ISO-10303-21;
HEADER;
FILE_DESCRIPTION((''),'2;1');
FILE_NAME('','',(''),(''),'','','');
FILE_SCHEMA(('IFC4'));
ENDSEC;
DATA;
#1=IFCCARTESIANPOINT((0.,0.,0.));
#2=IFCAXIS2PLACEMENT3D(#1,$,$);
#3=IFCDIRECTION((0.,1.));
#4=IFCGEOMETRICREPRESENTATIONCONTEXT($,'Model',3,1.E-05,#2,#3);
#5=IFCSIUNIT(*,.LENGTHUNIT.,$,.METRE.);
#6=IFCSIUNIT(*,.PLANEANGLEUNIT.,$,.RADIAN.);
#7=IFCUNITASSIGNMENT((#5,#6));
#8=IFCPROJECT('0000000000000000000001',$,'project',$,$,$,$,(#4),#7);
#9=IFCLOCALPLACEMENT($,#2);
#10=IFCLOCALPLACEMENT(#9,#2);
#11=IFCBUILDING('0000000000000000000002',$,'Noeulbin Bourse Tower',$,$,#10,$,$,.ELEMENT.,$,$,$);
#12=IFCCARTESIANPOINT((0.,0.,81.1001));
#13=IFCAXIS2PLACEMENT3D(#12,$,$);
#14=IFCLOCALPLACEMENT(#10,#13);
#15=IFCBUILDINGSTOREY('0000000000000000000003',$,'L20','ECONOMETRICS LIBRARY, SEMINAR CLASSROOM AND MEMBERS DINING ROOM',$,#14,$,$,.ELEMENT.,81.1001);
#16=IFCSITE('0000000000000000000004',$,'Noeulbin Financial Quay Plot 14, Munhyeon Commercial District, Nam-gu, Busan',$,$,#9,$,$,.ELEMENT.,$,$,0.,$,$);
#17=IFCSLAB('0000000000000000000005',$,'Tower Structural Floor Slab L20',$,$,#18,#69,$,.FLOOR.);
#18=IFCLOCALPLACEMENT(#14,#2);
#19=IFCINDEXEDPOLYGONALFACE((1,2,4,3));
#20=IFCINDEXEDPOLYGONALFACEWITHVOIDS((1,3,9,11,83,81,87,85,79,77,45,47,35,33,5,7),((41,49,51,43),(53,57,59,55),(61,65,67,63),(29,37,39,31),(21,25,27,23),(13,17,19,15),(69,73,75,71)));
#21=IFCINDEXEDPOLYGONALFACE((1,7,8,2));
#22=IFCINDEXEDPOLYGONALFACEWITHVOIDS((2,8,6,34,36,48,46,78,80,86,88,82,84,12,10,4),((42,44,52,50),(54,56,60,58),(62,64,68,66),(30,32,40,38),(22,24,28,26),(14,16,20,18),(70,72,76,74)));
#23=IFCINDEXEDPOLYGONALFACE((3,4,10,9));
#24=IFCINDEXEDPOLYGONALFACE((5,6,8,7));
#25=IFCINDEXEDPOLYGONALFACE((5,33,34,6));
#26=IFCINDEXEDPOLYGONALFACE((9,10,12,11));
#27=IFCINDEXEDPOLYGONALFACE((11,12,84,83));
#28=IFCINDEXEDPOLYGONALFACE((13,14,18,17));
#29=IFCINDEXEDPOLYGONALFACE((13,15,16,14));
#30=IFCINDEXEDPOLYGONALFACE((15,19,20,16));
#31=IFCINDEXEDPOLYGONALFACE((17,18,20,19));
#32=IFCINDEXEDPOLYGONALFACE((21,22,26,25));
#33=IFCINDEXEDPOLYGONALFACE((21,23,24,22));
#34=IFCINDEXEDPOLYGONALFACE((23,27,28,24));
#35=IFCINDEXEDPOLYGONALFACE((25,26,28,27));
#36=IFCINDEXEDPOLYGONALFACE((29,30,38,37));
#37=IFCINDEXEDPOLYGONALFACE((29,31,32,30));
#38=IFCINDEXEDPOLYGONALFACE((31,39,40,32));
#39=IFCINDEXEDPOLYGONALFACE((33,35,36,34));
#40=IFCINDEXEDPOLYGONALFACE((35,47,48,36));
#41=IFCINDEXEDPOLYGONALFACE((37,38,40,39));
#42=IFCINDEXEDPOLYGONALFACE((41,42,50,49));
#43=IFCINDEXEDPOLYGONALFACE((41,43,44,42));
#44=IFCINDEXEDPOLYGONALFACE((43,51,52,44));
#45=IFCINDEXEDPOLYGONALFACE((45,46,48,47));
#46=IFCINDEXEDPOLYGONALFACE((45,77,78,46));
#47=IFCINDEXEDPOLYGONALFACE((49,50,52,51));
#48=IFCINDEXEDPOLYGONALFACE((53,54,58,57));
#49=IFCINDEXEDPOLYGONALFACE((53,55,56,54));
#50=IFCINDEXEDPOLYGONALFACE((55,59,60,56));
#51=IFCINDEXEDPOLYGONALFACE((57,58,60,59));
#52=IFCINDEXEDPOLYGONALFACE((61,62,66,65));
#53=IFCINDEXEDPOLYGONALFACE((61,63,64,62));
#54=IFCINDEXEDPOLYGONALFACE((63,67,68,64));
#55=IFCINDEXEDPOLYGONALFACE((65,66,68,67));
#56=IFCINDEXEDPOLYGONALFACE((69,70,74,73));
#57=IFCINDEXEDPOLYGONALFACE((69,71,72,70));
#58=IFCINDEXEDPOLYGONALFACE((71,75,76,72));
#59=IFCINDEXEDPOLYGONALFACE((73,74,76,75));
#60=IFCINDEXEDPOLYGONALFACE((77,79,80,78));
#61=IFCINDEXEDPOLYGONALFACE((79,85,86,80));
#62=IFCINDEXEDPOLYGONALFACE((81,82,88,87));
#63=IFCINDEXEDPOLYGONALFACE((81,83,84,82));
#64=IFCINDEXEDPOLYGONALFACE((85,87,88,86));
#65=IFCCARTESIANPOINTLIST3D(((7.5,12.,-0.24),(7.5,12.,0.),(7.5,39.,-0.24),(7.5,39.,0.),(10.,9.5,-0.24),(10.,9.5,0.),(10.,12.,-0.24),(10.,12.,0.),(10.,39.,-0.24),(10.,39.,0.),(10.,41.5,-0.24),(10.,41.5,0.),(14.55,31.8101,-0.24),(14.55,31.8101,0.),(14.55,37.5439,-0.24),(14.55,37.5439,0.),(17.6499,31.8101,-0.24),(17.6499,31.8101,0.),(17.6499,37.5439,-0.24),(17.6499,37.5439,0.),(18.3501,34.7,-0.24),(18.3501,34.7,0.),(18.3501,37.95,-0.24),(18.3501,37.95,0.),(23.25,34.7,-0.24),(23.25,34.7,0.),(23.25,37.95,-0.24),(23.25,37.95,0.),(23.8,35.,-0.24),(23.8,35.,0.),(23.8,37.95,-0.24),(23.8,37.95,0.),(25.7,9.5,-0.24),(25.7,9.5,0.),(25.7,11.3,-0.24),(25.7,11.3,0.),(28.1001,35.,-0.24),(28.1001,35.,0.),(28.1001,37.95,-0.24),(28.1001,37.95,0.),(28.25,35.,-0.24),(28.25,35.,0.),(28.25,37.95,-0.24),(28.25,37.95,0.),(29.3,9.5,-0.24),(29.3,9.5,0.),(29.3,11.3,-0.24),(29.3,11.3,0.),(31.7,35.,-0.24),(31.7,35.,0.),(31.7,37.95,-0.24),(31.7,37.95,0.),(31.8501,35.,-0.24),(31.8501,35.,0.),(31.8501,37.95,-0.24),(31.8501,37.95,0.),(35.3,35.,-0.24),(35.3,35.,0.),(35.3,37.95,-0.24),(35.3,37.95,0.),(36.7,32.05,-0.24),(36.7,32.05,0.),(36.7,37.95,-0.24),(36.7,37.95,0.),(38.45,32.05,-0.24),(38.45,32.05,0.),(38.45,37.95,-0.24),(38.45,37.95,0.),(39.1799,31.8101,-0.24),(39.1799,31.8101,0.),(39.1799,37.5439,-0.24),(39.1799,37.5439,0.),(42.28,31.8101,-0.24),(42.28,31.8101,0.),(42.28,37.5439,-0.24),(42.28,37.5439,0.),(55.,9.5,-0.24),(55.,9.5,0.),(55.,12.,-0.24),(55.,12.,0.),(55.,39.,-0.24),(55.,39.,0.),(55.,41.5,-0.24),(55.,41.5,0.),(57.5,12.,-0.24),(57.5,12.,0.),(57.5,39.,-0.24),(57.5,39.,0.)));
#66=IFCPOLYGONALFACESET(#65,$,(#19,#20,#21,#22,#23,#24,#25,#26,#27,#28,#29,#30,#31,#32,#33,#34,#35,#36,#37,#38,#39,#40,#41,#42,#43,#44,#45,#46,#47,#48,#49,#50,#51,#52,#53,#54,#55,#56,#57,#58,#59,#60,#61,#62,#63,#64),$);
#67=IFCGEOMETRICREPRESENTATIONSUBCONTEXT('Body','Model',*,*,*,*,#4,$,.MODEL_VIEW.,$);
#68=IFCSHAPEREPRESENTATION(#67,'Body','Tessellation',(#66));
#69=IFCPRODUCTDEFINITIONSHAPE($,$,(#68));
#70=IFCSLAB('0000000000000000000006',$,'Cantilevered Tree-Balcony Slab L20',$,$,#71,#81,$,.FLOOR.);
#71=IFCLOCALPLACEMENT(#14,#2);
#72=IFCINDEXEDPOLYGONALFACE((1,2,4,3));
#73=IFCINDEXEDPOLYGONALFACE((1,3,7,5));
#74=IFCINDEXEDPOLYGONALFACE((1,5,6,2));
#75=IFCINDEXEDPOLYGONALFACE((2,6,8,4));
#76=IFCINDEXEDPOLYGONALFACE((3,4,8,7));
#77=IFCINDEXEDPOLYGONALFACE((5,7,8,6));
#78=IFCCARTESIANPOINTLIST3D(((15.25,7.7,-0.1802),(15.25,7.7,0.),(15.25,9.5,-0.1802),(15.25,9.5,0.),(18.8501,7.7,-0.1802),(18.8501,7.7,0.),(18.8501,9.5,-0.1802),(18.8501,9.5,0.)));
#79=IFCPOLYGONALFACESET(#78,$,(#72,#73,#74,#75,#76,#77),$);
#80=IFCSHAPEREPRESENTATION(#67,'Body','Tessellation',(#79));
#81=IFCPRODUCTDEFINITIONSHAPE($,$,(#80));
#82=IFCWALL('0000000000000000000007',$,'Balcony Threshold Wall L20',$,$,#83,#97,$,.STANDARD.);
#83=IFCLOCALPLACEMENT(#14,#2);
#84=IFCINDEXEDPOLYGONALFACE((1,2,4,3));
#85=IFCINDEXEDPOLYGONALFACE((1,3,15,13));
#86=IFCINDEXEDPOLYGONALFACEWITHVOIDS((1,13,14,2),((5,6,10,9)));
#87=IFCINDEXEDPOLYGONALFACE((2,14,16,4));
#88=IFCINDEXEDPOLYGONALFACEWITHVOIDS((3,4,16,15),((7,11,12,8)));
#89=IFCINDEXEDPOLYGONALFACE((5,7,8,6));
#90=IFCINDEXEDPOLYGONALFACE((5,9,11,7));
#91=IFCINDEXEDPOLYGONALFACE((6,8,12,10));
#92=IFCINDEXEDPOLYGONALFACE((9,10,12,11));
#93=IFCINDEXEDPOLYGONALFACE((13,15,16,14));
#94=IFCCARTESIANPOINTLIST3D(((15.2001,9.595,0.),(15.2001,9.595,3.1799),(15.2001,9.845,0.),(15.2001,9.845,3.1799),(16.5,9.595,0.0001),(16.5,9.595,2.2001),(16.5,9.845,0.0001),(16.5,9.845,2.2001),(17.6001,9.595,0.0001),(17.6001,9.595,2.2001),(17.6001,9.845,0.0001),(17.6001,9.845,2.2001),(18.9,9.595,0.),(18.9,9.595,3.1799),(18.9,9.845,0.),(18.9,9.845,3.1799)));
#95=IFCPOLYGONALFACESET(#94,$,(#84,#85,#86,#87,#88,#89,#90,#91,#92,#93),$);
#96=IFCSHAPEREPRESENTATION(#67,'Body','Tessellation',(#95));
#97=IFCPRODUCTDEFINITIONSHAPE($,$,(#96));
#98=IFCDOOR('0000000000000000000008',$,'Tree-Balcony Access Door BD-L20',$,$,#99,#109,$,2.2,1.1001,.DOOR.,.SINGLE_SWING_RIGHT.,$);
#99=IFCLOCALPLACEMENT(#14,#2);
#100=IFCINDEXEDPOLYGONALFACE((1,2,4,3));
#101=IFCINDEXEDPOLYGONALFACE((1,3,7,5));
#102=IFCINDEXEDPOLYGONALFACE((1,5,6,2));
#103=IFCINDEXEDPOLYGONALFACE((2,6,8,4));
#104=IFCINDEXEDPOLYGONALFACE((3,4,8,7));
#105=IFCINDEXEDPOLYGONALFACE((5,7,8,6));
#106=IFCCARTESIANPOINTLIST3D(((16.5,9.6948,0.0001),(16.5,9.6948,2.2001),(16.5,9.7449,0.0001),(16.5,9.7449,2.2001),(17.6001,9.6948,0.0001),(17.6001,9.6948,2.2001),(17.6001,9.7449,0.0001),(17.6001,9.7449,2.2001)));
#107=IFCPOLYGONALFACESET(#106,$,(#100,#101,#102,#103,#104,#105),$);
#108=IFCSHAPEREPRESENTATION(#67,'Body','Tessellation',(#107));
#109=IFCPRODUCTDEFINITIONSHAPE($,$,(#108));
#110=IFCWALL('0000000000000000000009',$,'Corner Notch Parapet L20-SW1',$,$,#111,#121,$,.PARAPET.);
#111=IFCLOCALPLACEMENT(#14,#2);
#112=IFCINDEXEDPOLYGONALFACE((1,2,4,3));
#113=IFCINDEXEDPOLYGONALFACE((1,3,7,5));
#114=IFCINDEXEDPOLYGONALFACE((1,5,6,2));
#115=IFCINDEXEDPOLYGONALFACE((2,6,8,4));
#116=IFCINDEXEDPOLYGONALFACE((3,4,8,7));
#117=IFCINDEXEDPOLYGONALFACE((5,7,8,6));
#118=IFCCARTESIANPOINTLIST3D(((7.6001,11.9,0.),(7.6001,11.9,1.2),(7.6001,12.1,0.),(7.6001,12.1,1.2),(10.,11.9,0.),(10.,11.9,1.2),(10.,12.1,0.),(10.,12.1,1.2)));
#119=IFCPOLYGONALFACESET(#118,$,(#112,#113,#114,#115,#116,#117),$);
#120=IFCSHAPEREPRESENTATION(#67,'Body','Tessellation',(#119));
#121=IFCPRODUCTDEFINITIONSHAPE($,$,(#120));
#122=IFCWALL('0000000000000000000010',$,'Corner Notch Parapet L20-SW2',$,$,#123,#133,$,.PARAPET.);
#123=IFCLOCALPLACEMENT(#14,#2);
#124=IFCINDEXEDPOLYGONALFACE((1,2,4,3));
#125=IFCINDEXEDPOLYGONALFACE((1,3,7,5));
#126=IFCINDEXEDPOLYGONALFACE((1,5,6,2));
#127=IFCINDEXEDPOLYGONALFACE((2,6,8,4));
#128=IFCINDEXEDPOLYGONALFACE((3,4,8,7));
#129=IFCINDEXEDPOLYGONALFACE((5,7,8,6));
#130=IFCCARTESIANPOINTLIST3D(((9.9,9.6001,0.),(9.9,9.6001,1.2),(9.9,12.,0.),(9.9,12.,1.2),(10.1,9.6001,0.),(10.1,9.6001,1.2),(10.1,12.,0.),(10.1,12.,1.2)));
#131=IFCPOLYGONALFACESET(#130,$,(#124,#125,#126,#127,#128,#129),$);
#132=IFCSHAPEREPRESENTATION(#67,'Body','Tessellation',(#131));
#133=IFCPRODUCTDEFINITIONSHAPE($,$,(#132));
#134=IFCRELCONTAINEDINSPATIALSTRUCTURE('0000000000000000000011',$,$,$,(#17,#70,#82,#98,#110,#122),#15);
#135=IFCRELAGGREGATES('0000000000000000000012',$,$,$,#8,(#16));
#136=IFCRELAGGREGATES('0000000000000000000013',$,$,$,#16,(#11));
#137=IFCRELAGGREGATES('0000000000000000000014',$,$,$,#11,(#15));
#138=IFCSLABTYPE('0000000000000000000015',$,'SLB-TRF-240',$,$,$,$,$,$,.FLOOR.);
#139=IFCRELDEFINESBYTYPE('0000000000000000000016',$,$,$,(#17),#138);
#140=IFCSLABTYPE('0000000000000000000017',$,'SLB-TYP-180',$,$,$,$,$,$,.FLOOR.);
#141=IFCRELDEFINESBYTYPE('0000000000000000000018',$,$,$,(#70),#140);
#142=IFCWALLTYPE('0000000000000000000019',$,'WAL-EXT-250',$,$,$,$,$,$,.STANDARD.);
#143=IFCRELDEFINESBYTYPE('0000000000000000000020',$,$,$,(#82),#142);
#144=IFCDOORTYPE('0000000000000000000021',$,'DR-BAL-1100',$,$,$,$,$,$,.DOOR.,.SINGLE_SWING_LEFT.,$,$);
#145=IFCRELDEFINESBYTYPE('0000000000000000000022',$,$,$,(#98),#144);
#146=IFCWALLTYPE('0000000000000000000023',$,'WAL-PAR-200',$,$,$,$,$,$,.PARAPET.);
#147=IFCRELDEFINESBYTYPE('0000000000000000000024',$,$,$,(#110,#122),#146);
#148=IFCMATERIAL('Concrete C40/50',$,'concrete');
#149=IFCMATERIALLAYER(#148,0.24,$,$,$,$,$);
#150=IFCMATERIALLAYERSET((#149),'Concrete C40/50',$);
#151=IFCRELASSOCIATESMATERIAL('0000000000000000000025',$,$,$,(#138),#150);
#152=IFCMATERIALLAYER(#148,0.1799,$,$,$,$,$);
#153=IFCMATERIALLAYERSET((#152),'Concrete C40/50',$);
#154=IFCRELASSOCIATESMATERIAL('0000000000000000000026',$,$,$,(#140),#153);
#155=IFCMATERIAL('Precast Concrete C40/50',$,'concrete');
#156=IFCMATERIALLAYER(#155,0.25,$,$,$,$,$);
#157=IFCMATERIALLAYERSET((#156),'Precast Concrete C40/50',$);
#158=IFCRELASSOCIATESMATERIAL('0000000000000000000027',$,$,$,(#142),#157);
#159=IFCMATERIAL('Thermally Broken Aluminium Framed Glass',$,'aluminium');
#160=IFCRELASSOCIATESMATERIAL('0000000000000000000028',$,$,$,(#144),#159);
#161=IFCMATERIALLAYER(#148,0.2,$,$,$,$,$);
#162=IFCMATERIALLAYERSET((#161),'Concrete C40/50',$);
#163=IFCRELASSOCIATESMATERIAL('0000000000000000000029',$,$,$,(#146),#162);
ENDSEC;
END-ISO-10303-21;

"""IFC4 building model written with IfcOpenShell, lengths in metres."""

from ifc_helpers import new_model, si_unit, direction, frame, frame_2d, origin, place, context, subcontext, project, spatial, polyline, rectangle, outline, extrude, material, layer, layer_set, type_object, element, fill, save


model = new_model("IFC4")

# Units and contexts
model_context = context("Model", 3, precision=1e-05, world=origin(), true_north=direction((0.0, 1.0)))
body_context = subcontext(model_context, "Body", "Model", "MODEL_VIEW")
ifc_project = project(units=[si_unit("LENGTHUNIT", "METRE"), si_unit("PLANEANGLEUNIT", "RADIAN")], contexts=[model_context])

# Site, building, storey
site_placement = place(None, origin())
site = spatial("IfcSite", under=ifc_project, at=site_placement, Name="Noeulbin Financial Quay Plot 14, Munhyeon Commercial District, Nam-gu, Busan", CompositionType="ELEMENT", RefElevation=0.0)
building_placement = place(site_placement, origin())
building = spatial("IfcBuilding", under=site, at=building_placement, Name="Noeulbin Bourse Tower", CompositionType="ELEMENT")
storey_placement = place(building_placement, frame((0.0, 0.0, 81.1001)))
storey = spatial("IfcBuildingStorey", under=building, at=storey_placement, Name="L20", Description="ECONOMETRICS LIBRARY, SEMINAR CLASSROOM AND MEMBERS DINING ROOM", CompositionType="ELEMENT", Elevation=81.1001)

# Shared definitions
ifc_material_1 = material(Name="Concrete C40/50", Category="concrete")

# Slab, openings
ifc_layer_1 = layer(ifc_material_1, 0.24)
ifc_layer_set_1 = layer_set([ifc_layer_1], Name="Concrete C40/50")
slab_type_1 = type_object("IfcSlabType", Name="SLB-TRF-240", PredefinedType="FLOOR", material=ifc_layer_set_1)
slab_1_placement = place(storey_placement, frame((0.0, 0.0, -0.24)))
slab_1 = element("IfcSlab", 1, at=slab_1_placement, inside=storey, type_object=slab_type_1, Name="Tower Structural Floor Slab L20", PredefinedType="FLOOR", context=body_context, shape_type="SweptSolid", body=[
    extrude(outline(polyline([(10.0, 9.5), (25.7, 9.5), (25.7, 11.3), (29.3, 11.3), (29.3, 9.5), (55.0, 9.5), (55.0, 12.0), (57.5, 12.0), (57.5, 39.0), (55.0, 39.0), (55.0, 41.5), (10.0, 41.5), (10.0, 39.0), (7.5, 39.0), (7.5, 12.0), (10.0, 12.0), (10.0, 9.5)]), holes=[polyline([(17.6499, 31.8101), (17.6499, 37.5439), (14.55, 37.5439), (14.55, 31.8101), (17.6499, 31.8101)]), polyline([(42.28, 31.8101), (42.28, 37.5439), (39.1799, 37.5439), (39.1799, 31.8101), (42.28, 31.8101)]), polyline([(18.3501, 34.7), (23.25, 34.7), (23.25, 37.95), (18.3501, 37.95), (18.3501, 34.7)]), polyline([(36.7, 32.05), (38.45, 32.05), (38.45, 37.95), (36.7, 37.95), (36.7, 32.05)]), polyline([(23.8, 35.0), (28.1001, 35.0), (28.1001, 37.95), (23.8, 37.95), (23.8, 35.0)]), polyline([(28.25, 35.0), (31.7, 35.0), (31.7, 37.95), (28.25, 37.95), (28.25, 35.0)]), polyline([(31.8501, 35.0), (35.3, 35.0), (35.3, 37.95), (31.8501, 37.95), (31.8501, 35.0)])]), origin(), (0.0, 0.0, 1.0), 0.24),
])
opening_1_placement = place(slab_1_placement, frame((0.0, 0.0, -0.01)))
element("IfcOpeningElement", 2, at=opening_1_placement, cuts=slab_1, PredefinedType="OPENING", context=body_context, shape_type="SweptSolid", body=[
    extrude(outline(polyline([(17.6499, 31.8101), (17.6499, 37.5439), (14.55, 37.5439), (14.55, 31.8101), (17.6499, 31.8101)])), origin(), (0.0, 0.0, 1.0), 0.26),
])
opening_2_placement = place(slab_1_placement, frame((0.0, 0.0, -0.01)))
element("IfcOpeningElement", 3, at=opening_2_placement, cuts=slab_1, PredefinedType="OPENING", context=body_context, shape_type="SweptSolid", body=[
    extrude(outline(polyline([(42.28, 31.8101), (42.28, 37.5439), (39.1799, 37.5439), (39.1799, 31.8101), (42.28, 31.8101)])), origin(), (0.0, 0.0, 1.0), 0.26),
])
opening_3_placement = place(slab_1_placement, frame((0.0, 0.0, -0.01)))
element("IfcOpeningElement", 4, at=opening_3_placement, cuts=slab_1, PredefinedType="OPENING", context=body_context, shape_type="SweptSolid", body=[
    extrude(outline(polyline([(18.3501, 34.7), (23.25, 34.7), (23.25, 37.95), (18.3501, 37.95), (18.3501, 34.7)])), origin(), (0.0, 0.0, 1.0), 0.26),
])
opening_4_placement = place(slab_1_placement, frame((0.0, 0.0, -0.01)))
element("IfcOpeningElement", 5, at=opening_4_placement, cuts=slab_1, PredefinedType="OPENING", context=body_context, shape_type="SweptSolid", body=[
    extrude(outline(polyline([(36.7, 32.05), (38.45, 32.05), (38.45, 37.95), (36.7, 37.95), (36.7, 32.05)])), origin(), (0.0, 0.0, 1.0), 0.26),
])
opening_5_placement = place(slab_1_placement, frame((0.0, 0.0, -0.01)))
element("IfcOpeningElement", 6, at=opening_5_placement, cuts=slab_1, PredefinedType="OPENING", context=body_context, shape_type="SweptSolid", body=[
    extrude(outline(polyline([(23.8, 35.0), (28.1001, 35.0), (28.1001, 37.95), (23.8, 37.95), (23.8, 35.0)])), origin(), (0.0, 0.0, 1.0), 0.26),
])
opening_6_placement = place(slab_1_placement, frame((0.0, 0.0, -0.01)))
element("IfcOpeningElement", 7, at=opening_6_placement, cuts=slab_1, PredefinedType="OPENING", context=body_context, shape_type="SweptSolid", body=[
    extrude(outline(polyline([(28.25, 35.0), (31.7, 35.0), (31.7, 37.95), (28.25, 37.95), (28.25, 35.0)])), origin(), (0.0, 0.0, 1.0), 0.26),
])
opening_7_placement = place(slab_1_placement, frame((0.0, 0.0, -0.01)))
element("IfcOpeningElement", 8, at=opening_7_placement, cuts=slab_1, PredefinedType="OPENING", context=body_context, shape_type="SweptSolid", body=[
    extrude(outline(polyline([(31.8501, 35.0), (35.3, 35.0), (35.3, 37.95), (31.8501, 37.95), (31.8501, 35.0)])), origin(), (0.0, 0.0, 1.0), 0.26),
])

# Slab
ifc_layer_2 = layer(ifc_material_1, 0.1799)
ifc_layer_set_2 = layer_set([ifc_layer_2], Name="Concrete C40/50")
slab_type_2 = type_object("IfcSlabType", Name="SLB-TYP-180", PredefinedType="FLOOR", material=ifc_layer_set_2)
slab_2_placement = place(storey_placement, frame((0.0, 0.0, -0.1802)))
element("IfcSlab", 9, at=slab_2_placement, inside=storey, type_object=slab_type_2, Name="Cantilevered Tree-Balcony Slab L20", PredefinedType="FLOOR", context=body_context, shape_type="SweptSolid", body=[
    extrude(outline(polyline([(15.25, 7.7), (18.8501, 7.7), (18.8501, 9.5), (15.25, 9.5), (15.25, 7.7)])), origin(), (0.0, 0.0, 1.0), 0.1802),
])

# Wall, opening, door
ifc_material_2 = material(Name="Precast Concrete C40/50", Category="concrete")
ifc_layer_3 = layer(ifc_material_2, 0.25)
ifc_layer_set_3 = layer_set([ifc_layer_3], Name="Precast Concrete C40/50")
wall_type_1 = type_object("IfcWallType", Name="WAL-EXT-250", PredefinedType="STANDARD", material=ifc_layer_set_3)
wall_1_placement = place(storey_placement, frame((15.2, 9.72, 0.0), z_axis=(0.0, 0.0, 1.0), x_axis=(1.0, 0.0, 0.0)))
wall_1 = element("IfcWall", 10, at=wall_1_placement, inside=storey, type_object=wall_type_1, Name="Balcony Threshold Wall L20", PredefinedType="STANDARD", context=body_context, shape_type="SweptSolid", body=[
    extrude(rectangle(XDim=3.7, YDim=0.25, at=frame_2d((1.8501, 0.0))), origin(), (0.0, 0.0, 1.0), 3.1799),
])
opening_8_placement = place(wall_1_placement, frame((1.3, 0.0, 0.0)))
opening_8 = element("IfcOpeningElement", 11, at=opening_8_placement, cuts=wall_1, PredefinedType="OPENING", context=body_context, shape_type="SweptSolid", body=[
    extrude(rectangle(XDim=1.1001, YDim=2.2, at=frame_2d((0.55, 1.1001))), frame((0.0, 0.135, 0.0), z_axis=(0.0, -1.0, 0.0), x_axis=(1.0, 0.0, 0.0)), (0.0, 0.0, 1.0), 0.27),
])
ifc_material_3 = material(Name="Thermally Broken Aluminium Framed Glass", Category="aluminium")
door_type_1 = type_object("IfcDoorType", Name="DR-BAL-1100", OperationType="SINGLE_SWING_LEFT", PredefinedType="DOOR", material=ifc_material_3)
door_1_placement = place(opening_8_placement, origin())
door_1 = element("IfcDoor", 12, at=door_1_placement, inside=storey, type_object=door_type_1, Name="Tree-Balcony Access Door BD-L20", OperationType="SINGLE_SWING_RIGHT", OverallHeight=2.2, OverallWidth=1.1001, PredefinedType="DOOR", context=body_context, shape_type="SweptSolid", body=[
    extrude(rectangle(XDim=1.1001, YDim=2.2, at=frame_2d((0.55, 1.1001))), frame((0.0, 0.0249, 0.0), z_axis=(0.0, -1.0, 0.0), x_axis=(1.0, 0.0, 0.0)), (0.0, 0.0, 1.0), 0.05),
])
fill(opening_8, door_1)

# Walls
ifc_layer_4 = layer(ifc_material_1, 0.2)
ifc_layer_set_4 = layer_set([ifc_layer_4], Name="Concrete C40/50")
wall_type_2 = type_object("IfcWallType", Name="WAL-PAR-200", PredefinedType="PARAPET", material=ifc_layer_set_4)
for number, where, z_axis, x_axis, name in (
    (13, (7.6001, 12.0, 0.0), (0.0, 0.0, 1.0), (1.0, 0.0, 0.0), "Corner Notch Parapet L20-SW1"),
    (14, (10.0, 12.0, 0.0), (0.0, 0.0, 1.0), (0.0, -1.0, 0.0), "Corner Notch Parapet L20-SW2"),
):
    element("IfcWall", number, at=place(storey_placement, frame(where, z_axis=z_axis, x_axis=x_axis)), inside=storey, type_object=wall_type_2, Name=name, PredefinedType="PARAPET", context=body_context, shape_type="SweptSolid", body=[
        extrude(rectangle(XDim=2.3999, YDim=0.2, at=frame_2d((1.2, 0.0))), origin(), (0.0, 0.0, 1.0), 1.2),
    ])

save(model, "model.ifc")
